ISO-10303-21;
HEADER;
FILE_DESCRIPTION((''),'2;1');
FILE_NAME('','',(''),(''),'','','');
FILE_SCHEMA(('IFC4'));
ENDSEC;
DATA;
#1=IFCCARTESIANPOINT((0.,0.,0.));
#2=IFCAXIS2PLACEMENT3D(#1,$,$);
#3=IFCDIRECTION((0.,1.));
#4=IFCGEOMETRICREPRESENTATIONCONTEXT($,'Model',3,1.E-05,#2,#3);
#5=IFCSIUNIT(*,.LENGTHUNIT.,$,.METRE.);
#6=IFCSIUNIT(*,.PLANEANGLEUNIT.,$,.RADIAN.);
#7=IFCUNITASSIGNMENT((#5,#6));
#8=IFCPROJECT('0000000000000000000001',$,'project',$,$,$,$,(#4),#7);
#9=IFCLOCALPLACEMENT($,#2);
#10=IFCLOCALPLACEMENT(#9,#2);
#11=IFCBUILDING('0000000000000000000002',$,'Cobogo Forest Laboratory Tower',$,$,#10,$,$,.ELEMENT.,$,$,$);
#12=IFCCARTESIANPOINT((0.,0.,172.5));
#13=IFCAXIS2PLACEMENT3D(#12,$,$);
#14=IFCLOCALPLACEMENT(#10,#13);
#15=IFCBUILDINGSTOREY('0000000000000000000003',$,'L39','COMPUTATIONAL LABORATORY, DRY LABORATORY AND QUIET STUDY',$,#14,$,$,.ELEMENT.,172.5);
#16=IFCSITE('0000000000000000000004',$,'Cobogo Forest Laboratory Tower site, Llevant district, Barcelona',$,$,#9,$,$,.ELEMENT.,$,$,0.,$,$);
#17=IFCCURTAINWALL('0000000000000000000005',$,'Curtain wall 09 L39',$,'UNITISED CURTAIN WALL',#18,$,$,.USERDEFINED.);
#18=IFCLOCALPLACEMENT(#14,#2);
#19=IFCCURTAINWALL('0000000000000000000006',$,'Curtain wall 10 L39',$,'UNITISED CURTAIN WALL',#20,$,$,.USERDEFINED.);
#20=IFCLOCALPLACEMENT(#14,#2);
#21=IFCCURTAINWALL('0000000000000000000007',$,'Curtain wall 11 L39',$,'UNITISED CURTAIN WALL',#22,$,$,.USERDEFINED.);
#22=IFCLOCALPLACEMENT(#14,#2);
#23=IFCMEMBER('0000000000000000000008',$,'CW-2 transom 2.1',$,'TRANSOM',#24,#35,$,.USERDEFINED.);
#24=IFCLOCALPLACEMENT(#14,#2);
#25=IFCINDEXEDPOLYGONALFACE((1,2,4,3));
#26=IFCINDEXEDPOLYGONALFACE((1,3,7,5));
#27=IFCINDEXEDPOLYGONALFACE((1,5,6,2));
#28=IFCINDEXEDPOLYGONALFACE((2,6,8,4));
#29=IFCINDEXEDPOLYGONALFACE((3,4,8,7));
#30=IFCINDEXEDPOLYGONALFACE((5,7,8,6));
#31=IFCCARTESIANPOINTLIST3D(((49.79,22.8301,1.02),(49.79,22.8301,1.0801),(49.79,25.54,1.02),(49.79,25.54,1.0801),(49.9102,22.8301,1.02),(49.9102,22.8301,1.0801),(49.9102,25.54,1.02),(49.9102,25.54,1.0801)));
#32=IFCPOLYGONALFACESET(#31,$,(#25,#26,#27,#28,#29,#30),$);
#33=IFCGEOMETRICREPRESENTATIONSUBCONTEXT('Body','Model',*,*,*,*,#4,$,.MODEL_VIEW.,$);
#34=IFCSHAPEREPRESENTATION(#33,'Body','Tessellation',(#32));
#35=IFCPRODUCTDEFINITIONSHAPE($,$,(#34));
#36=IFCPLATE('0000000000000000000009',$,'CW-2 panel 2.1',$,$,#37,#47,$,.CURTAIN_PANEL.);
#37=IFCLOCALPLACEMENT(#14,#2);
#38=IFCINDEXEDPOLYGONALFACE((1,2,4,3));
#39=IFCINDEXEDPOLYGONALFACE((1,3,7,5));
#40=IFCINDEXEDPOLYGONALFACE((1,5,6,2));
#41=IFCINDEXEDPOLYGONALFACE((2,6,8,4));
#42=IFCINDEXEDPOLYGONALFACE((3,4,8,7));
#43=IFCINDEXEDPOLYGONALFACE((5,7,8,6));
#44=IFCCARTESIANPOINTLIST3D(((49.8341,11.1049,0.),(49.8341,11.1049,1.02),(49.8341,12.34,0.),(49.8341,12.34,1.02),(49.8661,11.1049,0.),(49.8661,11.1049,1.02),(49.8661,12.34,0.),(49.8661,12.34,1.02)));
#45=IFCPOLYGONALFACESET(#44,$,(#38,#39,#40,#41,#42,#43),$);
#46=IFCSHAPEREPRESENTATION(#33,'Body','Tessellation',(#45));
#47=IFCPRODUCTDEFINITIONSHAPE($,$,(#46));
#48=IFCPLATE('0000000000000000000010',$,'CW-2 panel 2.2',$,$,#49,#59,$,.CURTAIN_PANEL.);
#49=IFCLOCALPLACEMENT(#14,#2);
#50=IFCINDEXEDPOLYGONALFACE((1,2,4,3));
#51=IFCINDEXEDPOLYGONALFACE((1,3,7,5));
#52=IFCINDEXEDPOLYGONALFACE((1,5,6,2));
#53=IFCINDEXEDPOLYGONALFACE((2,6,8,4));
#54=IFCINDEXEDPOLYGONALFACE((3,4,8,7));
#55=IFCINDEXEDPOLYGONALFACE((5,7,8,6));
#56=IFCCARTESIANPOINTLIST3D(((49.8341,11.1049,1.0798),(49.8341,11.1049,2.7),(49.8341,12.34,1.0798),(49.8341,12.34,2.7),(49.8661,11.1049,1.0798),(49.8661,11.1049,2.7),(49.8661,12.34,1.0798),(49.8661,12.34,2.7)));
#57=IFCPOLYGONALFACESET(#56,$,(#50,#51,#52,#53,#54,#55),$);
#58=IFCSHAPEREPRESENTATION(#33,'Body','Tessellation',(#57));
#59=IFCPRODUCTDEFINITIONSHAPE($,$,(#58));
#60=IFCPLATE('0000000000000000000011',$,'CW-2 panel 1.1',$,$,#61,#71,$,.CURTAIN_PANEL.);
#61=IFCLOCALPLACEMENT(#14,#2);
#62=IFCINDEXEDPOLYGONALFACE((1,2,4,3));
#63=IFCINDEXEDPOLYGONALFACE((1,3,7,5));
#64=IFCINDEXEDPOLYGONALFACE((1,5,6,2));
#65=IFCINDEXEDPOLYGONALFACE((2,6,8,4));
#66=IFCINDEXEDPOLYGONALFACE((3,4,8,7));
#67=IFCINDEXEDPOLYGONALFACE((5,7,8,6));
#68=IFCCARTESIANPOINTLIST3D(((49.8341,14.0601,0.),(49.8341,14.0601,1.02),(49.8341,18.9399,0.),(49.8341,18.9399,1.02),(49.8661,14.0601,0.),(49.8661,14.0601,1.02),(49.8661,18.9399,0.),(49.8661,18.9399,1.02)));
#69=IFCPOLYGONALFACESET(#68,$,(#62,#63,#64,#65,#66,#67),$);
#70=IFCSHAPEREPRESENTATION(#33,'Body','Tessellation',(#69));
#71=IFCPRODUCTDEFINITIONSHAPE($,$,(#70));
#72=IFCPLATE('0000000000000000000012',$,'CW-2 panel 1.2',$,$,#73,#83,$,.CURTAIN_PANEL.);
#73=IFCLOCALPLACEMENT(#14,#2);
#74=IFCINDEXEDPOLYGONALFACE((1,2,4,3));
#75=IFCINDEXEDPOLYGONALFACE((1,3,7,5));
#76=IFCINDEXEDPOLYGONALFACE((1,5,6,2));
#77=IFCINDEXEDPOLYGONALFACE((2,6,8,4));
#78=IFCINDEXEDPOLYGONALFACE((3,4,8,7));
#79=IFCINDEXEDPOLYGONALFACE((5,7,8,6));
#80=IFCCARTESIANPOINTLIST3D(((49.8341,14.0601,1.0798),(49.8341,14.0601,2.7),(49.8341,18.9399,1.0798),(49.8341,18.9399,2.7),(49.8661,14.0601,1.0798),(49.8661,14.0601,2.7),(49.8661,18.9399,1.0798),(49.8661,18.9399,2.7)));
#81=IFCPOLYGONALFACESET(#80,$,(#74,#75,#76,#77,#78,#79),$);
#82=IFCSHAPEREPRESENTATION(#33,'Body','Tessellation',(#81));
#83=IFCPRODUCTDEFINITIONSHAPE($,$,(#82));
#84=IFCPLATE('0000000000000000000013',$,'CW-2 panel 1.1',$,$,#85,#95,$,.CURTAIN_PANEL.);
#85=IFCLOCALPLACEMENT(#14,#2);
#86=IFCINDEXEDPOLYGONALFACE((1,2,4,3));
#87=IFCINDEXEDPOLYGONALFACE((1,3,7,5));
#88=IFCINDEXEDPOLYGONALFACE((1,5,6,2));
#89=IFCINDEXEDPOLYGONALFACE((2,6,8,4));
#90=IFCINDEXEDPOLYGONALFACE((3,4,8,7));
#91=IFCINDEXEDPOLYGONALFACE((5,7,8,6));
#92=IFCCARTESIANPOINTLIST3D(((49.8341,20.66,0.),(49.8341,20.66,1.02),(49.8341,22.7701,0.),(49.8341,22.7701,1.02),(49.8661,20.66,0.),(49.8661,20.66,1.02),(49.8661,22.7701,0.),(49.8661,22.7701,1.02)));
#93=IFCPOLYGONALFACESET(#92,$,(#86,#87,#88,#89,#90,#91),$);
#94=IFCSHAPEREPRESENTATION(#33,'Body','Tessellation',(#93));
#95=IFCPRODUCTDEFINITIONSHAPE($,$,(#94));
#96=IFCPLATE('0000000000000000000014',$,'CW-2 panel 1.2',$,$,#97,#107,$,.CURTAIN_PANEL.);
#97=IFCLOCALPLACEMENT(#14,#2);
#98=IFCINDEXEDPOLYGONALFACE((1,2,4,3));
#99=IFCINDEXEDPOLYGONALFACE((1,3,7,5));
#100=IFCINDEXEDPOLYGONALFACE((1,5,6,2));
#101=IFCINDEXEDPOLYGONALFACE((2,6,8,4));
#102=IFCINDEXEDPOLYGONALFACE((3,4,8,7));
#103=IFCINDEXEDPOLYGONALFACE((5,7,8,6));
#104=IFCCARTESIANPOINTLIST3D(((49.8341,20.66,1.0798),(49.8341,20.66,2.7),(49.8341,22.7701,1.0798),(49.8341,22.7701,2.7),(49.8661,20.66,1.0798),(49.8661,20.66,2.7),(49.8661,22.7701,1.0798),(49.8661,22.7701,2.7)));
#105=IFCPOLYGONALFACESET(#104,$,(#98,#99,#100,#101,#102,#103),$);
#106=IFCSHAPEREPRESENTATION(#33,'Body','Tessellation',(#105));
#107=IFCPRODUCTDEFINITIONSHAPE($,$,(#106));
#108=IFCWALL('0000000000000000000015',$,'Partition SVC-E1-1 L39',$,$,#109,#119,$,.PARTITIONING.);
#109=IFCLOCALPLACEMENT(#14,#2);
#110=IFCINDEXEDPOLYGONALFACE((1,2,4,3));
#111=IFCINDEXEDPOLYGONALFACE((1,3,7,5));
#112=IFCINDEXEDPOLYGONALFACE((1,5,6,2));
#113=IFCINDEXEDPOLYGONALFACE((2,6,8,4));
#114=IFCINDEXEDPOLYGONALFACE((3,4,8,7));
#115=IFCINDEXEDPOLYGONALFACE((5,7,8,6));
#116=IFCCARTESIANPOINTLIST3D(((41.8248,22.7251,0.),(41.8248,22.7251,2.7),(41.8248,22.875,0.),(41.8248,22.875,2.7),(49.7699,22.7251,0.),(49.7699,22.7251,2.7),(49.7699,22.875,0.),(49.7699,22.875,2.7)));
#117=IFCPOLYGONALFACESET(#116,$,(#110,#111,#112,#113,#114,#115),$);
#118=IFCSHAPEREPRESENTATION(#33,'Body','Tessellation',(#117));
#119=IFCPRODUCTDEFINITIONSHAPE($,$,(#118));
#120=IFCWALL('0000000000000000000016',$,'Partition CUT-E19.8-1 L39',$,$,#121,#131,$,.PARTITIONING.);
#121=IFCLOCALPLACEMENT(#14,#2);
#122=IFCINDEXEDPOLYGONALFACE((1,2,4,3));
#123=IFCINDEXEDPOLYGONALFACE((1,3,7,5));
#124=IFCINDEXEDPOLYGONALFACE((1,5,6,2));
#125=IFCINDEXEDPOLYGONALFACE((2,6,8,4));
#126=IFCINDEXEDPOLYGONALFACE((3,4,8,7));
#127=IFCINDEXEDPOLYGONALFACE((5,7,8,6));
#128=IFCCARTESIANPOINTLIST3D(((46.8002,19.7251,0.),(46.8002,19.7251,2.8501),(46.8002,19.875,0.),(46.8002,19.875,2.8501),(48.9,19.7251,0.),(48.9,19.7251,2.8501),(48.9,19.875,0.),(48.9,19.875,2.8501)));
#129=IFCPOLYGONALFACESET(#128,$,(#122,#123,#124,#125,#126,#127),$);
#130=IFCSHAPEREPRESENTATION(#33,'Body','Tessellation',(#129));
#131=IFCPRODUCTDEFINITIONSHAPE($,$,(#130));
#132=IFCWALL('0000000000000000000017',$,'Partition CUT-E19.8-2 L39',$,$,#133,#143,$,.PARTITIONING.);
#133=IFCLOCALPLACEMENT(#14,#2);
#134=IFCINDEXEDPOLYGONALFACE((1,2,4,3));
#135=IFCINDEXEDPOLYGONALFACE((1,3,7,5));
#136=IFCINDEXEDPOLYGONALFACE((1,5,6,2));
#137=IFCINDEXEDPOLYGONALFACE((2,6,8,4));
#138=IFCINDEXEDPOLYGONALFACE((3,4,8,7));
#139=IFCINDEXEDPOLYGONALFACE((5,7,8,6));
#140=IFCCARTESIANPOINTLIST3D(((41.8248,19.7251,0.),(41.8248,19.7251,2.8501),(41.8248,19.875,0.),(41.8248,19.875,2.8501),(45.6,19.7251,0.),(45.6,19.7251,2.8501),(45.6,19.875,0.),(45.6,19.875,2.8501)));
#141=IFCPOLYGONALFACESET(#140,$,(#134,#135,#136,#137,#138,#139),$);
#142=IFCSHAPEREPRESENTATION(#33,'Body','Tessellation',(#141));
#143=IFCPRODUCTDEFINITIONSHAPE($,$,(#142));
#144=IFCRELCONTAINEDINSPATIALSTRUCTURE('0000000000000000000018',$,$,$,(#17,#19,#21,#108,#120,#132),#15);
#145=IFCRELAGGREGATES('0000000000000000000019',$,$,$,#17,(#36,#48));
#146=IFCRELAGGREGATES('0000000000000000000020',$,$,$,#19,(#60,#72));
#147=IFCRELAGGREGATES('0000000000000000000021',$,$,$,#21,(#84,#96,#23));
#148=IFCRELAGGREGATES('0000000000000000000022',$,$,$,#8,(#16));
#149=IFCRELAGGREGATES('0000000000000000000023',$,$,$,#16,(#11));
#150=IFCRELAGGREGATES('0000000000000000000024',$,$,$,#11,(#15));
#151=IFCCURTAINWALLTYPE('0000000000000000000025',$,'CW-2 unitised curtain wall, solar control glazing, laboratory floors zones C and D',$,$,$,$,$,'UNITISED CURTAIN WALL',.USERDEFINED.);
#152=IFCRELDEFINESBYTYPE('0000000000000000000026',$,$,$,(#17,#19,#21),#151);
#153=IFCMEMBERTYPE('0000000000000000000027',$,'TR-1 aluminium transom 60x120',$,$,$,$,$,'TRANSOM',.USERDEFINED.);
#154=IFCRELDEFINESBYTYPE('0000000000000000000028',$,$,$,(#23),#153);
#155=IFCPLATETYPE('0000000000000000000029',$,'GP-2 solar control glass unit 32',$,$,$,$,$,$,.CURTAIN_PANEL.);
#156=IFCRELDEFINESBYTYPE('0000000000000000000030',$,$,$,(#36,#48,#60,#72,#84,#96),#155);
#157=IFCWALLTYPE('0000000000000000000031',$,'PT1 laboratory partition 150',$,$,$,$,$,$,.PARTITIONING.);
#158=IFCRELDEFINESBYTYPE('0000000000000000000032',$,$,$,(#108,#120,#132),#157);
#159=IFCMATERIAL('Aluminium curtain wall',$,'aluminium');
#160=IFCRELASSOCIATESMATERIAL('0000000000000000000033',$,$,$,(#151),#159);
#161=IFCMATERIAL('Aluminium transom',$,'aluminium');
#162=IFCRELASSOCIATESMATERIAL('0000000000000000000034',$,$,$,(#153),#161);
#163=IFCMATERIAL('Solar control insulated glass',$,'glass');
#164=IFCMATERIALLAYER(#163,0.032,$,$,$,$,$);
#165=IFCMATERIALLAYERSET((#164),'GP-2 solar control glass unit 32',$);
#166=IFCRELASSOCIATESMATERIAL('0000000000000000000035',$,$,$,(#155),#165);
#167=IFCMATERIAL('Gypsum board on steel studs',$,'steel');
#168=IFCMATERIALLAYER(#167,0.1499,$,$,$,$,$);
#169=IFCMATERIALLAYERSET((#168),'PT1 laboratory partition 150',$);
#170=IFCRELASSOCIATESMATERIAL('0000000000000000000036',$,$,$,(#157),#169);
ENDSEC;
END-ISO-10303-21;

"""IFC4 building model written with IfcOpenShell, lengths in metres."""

from ifc_helpers import new_model, si_unit, direction, frame, frame_2d, origin, origin_2d, place, context, subcontext, project, spatial, rectangle, extrude, material, layer, layer_set, material_profile, profile_set, type_object, element, aggregate, save


model = new_model("IFC4")

# Units and contexts
model_context = context("Model", 3, precision=1e-05, world=origin(), true_north=direction((0.0, 1.0)))
body_context = subcontext(model_context, "Body", "Model", "MODEL_VIEW")
ifc_project = project(units=[si_unit("LENGTHUNIT", "METRE"), si_unit("PLANEANGLEUNIT", "RADIAN")], contexts=[model_context])

# Site, building, storey
site_placement = place(None, origin())
site = spatial("IfcSite", under=ifc_project, at=site_placement, Name="Cobogo Forest Laboratory Tower site, Llevant district, Barcelona", CompositionType="ELEMENT", RefElevation=0.0)
building_placement = place(site_placement, origin())
building = spatial("IfcBuilding", under=site, at=building_placement, Name="Cobogo Forest Laboratory Tower", CompositionType="ELEMENT")
storey_placement = place(building_placement, frame((0.0, 0.0, 172.5)))
storey = spatial("IfcBuildingStorey", under=building, at=storey_placement, Name="L39", Description="COMPUTATIONAL LABORATORY, DRY LABORATORY AND QUIET STUDY", CompositionType="ELEMENT", Elevation=172.5)

# Curtain wall
ifc_material_1 = material(Name="Aluminium curtain wall", Category="aluminium")
curtain_wall_type = type_object("IfcCurtainWallType", Name="CW-2 unitised curtain wall, solar control glazing, laboratory floors zones C and D", ElementType="UNITISED CURTAIN WALL", PredefinedType="USERDEFINED", material=ifc_material_1)
curtain_wall_1_placement = place(storey_placement, origin())
curtain_wall_1 = element("IfcCurtainWall", 1, at=curtain_wall_1_placement, inside=storey, type_object=curtain_wall_type, Name="Curtain wall 09 L39", ObjectType="UNITISED CURTAIN WALL", PredefinedType="USERDEFINED")

# Curtain walls
curtain_wall_2_placement = place(storey_placement, origin())
curtain_wall_2 = element("IfcCurtainWall", 2, at=curtain_wall_2_placement, inside=storey, type_object=curtain_wall_type, Name="Curtain wall 10 L39", ObjectType="UNITISED CURTAIN WALL", PredefinedType="USERDEFINED")
curtain_wall_3_placement = place(storey_placement, origin())
curtain_wall_3 = element("IfcCurtainWall", 3, at=curtain_wall_3_placement, inside=storey, type_object=curtain_wall_type, Name="Curtain wall 11 L39", ObjectType="UNITISED CURTAIN WALL", PredefinedType="USERDEFINED")

# Member
ifc_material_2 = material(Name="Aluminium transom", Category="aluminium")
ifc_material_profile_1 = material_profile(ifc_material_2, rectangle(XDim=0.1201, YDim=0.0601, at=origin_2d()), Name="AL 60x120")
ifc_profile_set_1 = profile_set([ifc_material_profile_1], Name="Aluminium transom")
member_type_1 = type_object("IfcMemberType", Name="TR-1 aluminium transom 60x120", ElementType="TRANSOM", PredefinedType="USERDEFINED", material=ifc_profile_set_1)
member_1_placement = place(storey_placement, frame((49.8501, 22.8301, 1.05), z_axis=(0.0, 1.0, 0.0), x_axis=(-1.0, 0.0, 0.0)))
member_1 = element("IfcMember", 4, at=member_1_placement, type_object=member_type_1, Name="CW-2 transom 2.1", ObjectType="TRANSOM", PredefinedType="USERDEFINED", context=body_context, shape_type="SweptSolid", body=[
    extrude(rectangle(XDim=0.1201, YDim=0.0601, at=origin_2d()), origin(), (0.0, 0.0, 1.0), 2.71),
])

# Plates
ifc_material_3 = material(Name="Solar control insulated glass", Category="glass")
ifc_layer_1 = layer(ifc_material_3, 0.032)
ifc_layer_set_1 = layer_set([ifc_layer_1], Name="GP-2 solar control glass unit 32")
plate_type_1 = type_object("IfcPlateType", Name="GP-2 solar control glass unit 32", PredefinedType="CURTAIN_PANEL", material=ifc_layer_set_1)
plate_1_placement = place(storey_placement, frame((49.8501, 11.7224, 0.0), z_axis=(0.0, 0.0, 1.0), x_axis=(0.0, 1.0, 0.0)))
plate_1 = element("IfcPlate", 5, at=plate_1_placement, type_object=plate_type_1, Name="CW-2 panel 2.1", PredefinedType="CURTAIN_PANEL", context=body_context, shape_type="SweptSolid", body=[
    extrude(rectangle(XDim=1.2351, YDim=0.032, at=origin_2d()), origin(), (0.0, 0.0, 1.0), 1.02),
])
plate_2_placement = place(storey_placement, frame((49.8501, 11.7224, 1.0798), z_axis=(0.0, 0.0, 1.0), x_axis=(0.0, 1.0, 0.0)))
plate_2 = element("IfcPlate", 6, at=plate_2_placement, type_object=plate_type_1, Name="CW-2 panel 2.2", PredefinedType="CURTAIN_PANEL", context=body_context, shape_type="SweptSolid", body=[
    extrude(rectangle(XDim=1.2351, YDim=0.032, at=origin_2d()), origin(), (0.0, 0.0, 1.0), 1.6201),
])
aggregate(curtain_wall_1, [plate_1, plate_2])
plate_3_placement = place(storey_placement, frame((49.8501, 16.5, 0.0), z_axis=(0.0, 0.0, 1.0), x_axis=(0.0, 1.0, 0.0)))
plate_3 = element("IfcPlate", 7, at=plate_3_placement, type_object=plate_type_1, Name="CW-2 panel 1.1", PredefinedType="CURTAIN_PANEL", context=body_context, shape_type="SweptSolid", body=[
    extrude(rectangle(XDim=4.8799, YDim=0.032, at=origin_2d()), origin(), (0.0, 0.0, 1.0), 1.02),
])
plate_4_placement = place(storey_placement, frame((49.8501, 16.5, 1.0798), z_axis=(0.0, 0.0, 1.0), x_axis=(0.0, 1.0, 0.0)))
plate_4 = element("IfcPlate", 8, at=plate_4_placement, type_object=plate_type_1, Name="CW-2 panel 1.2", PredefinedType="CURTAIN_PANEL", context=body_context, shape_type="SweptSolid", body=[
    extrude(rectangle(XDim=4.8799, YDim=0.032, at=origin_2d()), origin(), (0.0, 0.0, 1.0), 1.6201),
])
aggregate(curtain_wall_2, [plate_3, plate_4])
plate_5_placement = place(storey_placement, frame((49.8501, 21.7151, 0.0), z_axis=(0.0, 0.0, 1.0), x_axis=(0.0, 1.0, 0.0)))
plate_5 = element("IfcPlate", 9, at=plate_5_placement, type_object=plate_type_1, Name="CW-2 panel 1.1", PredefinedType="CURTAIN_PANEL", context=body_context, shape_type="SweptSolid", body=[
    extrude(rectangle(XDim=2.1101, YDim=0.032, at=origin_2d()), origin(), (0.0, 0.0, 1.0), 1.02),
])
plate_6_placement = place(storey_placement, frame((49.8501, 21.7151, 1.0798), z_axis=(0.0, 0.0, 1.0), x_axis=(0.0, 1.0, 0.0)))
plate_6 = element("IfcPlate", 10, at=plate_6_placement, type_object=plate_type_1, Name="CW-2 panel 1.2", PredefinedType="CURTAIN_PANEL", context=body_context, shape_type="SweptSolid", body=[
    extrude(rectangle(XDim=2.1101, YDim=0.032, at=origin_2d()), origin(), (0.0, 0.0, 1.0), 1.6201),
])
aggregate(curtain_wall_3, [plate_5, plate_6, member_1])

# Walls
ifc_material_4 = material(Name="Gypsum board on steel studs", Category="steel")
ifc_layer_2 = layer(ifc_material_4, 0.1499)
ifc_layer_set_2 = layer_set([ifc_layer_2], Name="PT1 laboratory partition 150")
wall_type = type_object("IfcWallType", Name="PT1 laboratory partition 150", PredefinedType="PARTITIONING", material=ifc_layer_set_2)
wall_1_placement = place(storey_placement, frame((49.77, 22.8, 0.0), z_axis=(0.0, 0.0, 1.0), x_axis=(-1.0, 0.0, 0.0)))
element("IfcWall", 11, at=wall_1_placement, inside=storey, type_object=wall_type, Name="Partition SVC-E1-1 L39", PredefinedType="PARTITIONING", context=body_context, shape_type="SweptSolid", body=[
    extrude(rectangle(XDim=7.9451, YDim=0.1499, at=frame_2d((3.9727, 0.0))), origin(), (0.0, 0.0, 1.0), 2.7),
])
wall_2_placement = place(storey_placement, frame((48.8999, 19.8, 0.0), z_axis=(0.0, 0.0, 1.0), x_axis=(-1.0, 0.0, 0.0)))
element("IfcWall", 12, at=wall_2_placement, inside=storey, type_object=wall_type, Name="Partition CUT-E19.8-1 L39", PredefinedType="PARTITIONING", context=body_context, shape_type="SweptSolid", body=[
    extrude(rectangle(XDim=2.0999, YDim=0.1499, at=frame_2d((1.0498, 0.0))), origin(), (0.0, 0.0, 1.0), 2.8501),
])
wall_3_placement = place(storey_placement, frame((45.6001, 19.8, 0.0), z_axis=(0.0, 0.0, 1.0), x_axis=(-1.0, 0.0, 0.0)))
element("IfcWall", 13, at=wall_3_placement, inside=storey, type_object=wall_type, Name="Partition CUT-E19.8-2 L39", PredefinedType="PARTITIONING", context=body_context, shape_type="SweptSolid", body=[
    extrude(rectangle(XDim=3.7751, YDim=0.1499, at=frame_2d((1.8877, 0.0))), origin(), (0.0, 0.0, 1.0), 2.8501),
])

save(model, "model.ifc")
